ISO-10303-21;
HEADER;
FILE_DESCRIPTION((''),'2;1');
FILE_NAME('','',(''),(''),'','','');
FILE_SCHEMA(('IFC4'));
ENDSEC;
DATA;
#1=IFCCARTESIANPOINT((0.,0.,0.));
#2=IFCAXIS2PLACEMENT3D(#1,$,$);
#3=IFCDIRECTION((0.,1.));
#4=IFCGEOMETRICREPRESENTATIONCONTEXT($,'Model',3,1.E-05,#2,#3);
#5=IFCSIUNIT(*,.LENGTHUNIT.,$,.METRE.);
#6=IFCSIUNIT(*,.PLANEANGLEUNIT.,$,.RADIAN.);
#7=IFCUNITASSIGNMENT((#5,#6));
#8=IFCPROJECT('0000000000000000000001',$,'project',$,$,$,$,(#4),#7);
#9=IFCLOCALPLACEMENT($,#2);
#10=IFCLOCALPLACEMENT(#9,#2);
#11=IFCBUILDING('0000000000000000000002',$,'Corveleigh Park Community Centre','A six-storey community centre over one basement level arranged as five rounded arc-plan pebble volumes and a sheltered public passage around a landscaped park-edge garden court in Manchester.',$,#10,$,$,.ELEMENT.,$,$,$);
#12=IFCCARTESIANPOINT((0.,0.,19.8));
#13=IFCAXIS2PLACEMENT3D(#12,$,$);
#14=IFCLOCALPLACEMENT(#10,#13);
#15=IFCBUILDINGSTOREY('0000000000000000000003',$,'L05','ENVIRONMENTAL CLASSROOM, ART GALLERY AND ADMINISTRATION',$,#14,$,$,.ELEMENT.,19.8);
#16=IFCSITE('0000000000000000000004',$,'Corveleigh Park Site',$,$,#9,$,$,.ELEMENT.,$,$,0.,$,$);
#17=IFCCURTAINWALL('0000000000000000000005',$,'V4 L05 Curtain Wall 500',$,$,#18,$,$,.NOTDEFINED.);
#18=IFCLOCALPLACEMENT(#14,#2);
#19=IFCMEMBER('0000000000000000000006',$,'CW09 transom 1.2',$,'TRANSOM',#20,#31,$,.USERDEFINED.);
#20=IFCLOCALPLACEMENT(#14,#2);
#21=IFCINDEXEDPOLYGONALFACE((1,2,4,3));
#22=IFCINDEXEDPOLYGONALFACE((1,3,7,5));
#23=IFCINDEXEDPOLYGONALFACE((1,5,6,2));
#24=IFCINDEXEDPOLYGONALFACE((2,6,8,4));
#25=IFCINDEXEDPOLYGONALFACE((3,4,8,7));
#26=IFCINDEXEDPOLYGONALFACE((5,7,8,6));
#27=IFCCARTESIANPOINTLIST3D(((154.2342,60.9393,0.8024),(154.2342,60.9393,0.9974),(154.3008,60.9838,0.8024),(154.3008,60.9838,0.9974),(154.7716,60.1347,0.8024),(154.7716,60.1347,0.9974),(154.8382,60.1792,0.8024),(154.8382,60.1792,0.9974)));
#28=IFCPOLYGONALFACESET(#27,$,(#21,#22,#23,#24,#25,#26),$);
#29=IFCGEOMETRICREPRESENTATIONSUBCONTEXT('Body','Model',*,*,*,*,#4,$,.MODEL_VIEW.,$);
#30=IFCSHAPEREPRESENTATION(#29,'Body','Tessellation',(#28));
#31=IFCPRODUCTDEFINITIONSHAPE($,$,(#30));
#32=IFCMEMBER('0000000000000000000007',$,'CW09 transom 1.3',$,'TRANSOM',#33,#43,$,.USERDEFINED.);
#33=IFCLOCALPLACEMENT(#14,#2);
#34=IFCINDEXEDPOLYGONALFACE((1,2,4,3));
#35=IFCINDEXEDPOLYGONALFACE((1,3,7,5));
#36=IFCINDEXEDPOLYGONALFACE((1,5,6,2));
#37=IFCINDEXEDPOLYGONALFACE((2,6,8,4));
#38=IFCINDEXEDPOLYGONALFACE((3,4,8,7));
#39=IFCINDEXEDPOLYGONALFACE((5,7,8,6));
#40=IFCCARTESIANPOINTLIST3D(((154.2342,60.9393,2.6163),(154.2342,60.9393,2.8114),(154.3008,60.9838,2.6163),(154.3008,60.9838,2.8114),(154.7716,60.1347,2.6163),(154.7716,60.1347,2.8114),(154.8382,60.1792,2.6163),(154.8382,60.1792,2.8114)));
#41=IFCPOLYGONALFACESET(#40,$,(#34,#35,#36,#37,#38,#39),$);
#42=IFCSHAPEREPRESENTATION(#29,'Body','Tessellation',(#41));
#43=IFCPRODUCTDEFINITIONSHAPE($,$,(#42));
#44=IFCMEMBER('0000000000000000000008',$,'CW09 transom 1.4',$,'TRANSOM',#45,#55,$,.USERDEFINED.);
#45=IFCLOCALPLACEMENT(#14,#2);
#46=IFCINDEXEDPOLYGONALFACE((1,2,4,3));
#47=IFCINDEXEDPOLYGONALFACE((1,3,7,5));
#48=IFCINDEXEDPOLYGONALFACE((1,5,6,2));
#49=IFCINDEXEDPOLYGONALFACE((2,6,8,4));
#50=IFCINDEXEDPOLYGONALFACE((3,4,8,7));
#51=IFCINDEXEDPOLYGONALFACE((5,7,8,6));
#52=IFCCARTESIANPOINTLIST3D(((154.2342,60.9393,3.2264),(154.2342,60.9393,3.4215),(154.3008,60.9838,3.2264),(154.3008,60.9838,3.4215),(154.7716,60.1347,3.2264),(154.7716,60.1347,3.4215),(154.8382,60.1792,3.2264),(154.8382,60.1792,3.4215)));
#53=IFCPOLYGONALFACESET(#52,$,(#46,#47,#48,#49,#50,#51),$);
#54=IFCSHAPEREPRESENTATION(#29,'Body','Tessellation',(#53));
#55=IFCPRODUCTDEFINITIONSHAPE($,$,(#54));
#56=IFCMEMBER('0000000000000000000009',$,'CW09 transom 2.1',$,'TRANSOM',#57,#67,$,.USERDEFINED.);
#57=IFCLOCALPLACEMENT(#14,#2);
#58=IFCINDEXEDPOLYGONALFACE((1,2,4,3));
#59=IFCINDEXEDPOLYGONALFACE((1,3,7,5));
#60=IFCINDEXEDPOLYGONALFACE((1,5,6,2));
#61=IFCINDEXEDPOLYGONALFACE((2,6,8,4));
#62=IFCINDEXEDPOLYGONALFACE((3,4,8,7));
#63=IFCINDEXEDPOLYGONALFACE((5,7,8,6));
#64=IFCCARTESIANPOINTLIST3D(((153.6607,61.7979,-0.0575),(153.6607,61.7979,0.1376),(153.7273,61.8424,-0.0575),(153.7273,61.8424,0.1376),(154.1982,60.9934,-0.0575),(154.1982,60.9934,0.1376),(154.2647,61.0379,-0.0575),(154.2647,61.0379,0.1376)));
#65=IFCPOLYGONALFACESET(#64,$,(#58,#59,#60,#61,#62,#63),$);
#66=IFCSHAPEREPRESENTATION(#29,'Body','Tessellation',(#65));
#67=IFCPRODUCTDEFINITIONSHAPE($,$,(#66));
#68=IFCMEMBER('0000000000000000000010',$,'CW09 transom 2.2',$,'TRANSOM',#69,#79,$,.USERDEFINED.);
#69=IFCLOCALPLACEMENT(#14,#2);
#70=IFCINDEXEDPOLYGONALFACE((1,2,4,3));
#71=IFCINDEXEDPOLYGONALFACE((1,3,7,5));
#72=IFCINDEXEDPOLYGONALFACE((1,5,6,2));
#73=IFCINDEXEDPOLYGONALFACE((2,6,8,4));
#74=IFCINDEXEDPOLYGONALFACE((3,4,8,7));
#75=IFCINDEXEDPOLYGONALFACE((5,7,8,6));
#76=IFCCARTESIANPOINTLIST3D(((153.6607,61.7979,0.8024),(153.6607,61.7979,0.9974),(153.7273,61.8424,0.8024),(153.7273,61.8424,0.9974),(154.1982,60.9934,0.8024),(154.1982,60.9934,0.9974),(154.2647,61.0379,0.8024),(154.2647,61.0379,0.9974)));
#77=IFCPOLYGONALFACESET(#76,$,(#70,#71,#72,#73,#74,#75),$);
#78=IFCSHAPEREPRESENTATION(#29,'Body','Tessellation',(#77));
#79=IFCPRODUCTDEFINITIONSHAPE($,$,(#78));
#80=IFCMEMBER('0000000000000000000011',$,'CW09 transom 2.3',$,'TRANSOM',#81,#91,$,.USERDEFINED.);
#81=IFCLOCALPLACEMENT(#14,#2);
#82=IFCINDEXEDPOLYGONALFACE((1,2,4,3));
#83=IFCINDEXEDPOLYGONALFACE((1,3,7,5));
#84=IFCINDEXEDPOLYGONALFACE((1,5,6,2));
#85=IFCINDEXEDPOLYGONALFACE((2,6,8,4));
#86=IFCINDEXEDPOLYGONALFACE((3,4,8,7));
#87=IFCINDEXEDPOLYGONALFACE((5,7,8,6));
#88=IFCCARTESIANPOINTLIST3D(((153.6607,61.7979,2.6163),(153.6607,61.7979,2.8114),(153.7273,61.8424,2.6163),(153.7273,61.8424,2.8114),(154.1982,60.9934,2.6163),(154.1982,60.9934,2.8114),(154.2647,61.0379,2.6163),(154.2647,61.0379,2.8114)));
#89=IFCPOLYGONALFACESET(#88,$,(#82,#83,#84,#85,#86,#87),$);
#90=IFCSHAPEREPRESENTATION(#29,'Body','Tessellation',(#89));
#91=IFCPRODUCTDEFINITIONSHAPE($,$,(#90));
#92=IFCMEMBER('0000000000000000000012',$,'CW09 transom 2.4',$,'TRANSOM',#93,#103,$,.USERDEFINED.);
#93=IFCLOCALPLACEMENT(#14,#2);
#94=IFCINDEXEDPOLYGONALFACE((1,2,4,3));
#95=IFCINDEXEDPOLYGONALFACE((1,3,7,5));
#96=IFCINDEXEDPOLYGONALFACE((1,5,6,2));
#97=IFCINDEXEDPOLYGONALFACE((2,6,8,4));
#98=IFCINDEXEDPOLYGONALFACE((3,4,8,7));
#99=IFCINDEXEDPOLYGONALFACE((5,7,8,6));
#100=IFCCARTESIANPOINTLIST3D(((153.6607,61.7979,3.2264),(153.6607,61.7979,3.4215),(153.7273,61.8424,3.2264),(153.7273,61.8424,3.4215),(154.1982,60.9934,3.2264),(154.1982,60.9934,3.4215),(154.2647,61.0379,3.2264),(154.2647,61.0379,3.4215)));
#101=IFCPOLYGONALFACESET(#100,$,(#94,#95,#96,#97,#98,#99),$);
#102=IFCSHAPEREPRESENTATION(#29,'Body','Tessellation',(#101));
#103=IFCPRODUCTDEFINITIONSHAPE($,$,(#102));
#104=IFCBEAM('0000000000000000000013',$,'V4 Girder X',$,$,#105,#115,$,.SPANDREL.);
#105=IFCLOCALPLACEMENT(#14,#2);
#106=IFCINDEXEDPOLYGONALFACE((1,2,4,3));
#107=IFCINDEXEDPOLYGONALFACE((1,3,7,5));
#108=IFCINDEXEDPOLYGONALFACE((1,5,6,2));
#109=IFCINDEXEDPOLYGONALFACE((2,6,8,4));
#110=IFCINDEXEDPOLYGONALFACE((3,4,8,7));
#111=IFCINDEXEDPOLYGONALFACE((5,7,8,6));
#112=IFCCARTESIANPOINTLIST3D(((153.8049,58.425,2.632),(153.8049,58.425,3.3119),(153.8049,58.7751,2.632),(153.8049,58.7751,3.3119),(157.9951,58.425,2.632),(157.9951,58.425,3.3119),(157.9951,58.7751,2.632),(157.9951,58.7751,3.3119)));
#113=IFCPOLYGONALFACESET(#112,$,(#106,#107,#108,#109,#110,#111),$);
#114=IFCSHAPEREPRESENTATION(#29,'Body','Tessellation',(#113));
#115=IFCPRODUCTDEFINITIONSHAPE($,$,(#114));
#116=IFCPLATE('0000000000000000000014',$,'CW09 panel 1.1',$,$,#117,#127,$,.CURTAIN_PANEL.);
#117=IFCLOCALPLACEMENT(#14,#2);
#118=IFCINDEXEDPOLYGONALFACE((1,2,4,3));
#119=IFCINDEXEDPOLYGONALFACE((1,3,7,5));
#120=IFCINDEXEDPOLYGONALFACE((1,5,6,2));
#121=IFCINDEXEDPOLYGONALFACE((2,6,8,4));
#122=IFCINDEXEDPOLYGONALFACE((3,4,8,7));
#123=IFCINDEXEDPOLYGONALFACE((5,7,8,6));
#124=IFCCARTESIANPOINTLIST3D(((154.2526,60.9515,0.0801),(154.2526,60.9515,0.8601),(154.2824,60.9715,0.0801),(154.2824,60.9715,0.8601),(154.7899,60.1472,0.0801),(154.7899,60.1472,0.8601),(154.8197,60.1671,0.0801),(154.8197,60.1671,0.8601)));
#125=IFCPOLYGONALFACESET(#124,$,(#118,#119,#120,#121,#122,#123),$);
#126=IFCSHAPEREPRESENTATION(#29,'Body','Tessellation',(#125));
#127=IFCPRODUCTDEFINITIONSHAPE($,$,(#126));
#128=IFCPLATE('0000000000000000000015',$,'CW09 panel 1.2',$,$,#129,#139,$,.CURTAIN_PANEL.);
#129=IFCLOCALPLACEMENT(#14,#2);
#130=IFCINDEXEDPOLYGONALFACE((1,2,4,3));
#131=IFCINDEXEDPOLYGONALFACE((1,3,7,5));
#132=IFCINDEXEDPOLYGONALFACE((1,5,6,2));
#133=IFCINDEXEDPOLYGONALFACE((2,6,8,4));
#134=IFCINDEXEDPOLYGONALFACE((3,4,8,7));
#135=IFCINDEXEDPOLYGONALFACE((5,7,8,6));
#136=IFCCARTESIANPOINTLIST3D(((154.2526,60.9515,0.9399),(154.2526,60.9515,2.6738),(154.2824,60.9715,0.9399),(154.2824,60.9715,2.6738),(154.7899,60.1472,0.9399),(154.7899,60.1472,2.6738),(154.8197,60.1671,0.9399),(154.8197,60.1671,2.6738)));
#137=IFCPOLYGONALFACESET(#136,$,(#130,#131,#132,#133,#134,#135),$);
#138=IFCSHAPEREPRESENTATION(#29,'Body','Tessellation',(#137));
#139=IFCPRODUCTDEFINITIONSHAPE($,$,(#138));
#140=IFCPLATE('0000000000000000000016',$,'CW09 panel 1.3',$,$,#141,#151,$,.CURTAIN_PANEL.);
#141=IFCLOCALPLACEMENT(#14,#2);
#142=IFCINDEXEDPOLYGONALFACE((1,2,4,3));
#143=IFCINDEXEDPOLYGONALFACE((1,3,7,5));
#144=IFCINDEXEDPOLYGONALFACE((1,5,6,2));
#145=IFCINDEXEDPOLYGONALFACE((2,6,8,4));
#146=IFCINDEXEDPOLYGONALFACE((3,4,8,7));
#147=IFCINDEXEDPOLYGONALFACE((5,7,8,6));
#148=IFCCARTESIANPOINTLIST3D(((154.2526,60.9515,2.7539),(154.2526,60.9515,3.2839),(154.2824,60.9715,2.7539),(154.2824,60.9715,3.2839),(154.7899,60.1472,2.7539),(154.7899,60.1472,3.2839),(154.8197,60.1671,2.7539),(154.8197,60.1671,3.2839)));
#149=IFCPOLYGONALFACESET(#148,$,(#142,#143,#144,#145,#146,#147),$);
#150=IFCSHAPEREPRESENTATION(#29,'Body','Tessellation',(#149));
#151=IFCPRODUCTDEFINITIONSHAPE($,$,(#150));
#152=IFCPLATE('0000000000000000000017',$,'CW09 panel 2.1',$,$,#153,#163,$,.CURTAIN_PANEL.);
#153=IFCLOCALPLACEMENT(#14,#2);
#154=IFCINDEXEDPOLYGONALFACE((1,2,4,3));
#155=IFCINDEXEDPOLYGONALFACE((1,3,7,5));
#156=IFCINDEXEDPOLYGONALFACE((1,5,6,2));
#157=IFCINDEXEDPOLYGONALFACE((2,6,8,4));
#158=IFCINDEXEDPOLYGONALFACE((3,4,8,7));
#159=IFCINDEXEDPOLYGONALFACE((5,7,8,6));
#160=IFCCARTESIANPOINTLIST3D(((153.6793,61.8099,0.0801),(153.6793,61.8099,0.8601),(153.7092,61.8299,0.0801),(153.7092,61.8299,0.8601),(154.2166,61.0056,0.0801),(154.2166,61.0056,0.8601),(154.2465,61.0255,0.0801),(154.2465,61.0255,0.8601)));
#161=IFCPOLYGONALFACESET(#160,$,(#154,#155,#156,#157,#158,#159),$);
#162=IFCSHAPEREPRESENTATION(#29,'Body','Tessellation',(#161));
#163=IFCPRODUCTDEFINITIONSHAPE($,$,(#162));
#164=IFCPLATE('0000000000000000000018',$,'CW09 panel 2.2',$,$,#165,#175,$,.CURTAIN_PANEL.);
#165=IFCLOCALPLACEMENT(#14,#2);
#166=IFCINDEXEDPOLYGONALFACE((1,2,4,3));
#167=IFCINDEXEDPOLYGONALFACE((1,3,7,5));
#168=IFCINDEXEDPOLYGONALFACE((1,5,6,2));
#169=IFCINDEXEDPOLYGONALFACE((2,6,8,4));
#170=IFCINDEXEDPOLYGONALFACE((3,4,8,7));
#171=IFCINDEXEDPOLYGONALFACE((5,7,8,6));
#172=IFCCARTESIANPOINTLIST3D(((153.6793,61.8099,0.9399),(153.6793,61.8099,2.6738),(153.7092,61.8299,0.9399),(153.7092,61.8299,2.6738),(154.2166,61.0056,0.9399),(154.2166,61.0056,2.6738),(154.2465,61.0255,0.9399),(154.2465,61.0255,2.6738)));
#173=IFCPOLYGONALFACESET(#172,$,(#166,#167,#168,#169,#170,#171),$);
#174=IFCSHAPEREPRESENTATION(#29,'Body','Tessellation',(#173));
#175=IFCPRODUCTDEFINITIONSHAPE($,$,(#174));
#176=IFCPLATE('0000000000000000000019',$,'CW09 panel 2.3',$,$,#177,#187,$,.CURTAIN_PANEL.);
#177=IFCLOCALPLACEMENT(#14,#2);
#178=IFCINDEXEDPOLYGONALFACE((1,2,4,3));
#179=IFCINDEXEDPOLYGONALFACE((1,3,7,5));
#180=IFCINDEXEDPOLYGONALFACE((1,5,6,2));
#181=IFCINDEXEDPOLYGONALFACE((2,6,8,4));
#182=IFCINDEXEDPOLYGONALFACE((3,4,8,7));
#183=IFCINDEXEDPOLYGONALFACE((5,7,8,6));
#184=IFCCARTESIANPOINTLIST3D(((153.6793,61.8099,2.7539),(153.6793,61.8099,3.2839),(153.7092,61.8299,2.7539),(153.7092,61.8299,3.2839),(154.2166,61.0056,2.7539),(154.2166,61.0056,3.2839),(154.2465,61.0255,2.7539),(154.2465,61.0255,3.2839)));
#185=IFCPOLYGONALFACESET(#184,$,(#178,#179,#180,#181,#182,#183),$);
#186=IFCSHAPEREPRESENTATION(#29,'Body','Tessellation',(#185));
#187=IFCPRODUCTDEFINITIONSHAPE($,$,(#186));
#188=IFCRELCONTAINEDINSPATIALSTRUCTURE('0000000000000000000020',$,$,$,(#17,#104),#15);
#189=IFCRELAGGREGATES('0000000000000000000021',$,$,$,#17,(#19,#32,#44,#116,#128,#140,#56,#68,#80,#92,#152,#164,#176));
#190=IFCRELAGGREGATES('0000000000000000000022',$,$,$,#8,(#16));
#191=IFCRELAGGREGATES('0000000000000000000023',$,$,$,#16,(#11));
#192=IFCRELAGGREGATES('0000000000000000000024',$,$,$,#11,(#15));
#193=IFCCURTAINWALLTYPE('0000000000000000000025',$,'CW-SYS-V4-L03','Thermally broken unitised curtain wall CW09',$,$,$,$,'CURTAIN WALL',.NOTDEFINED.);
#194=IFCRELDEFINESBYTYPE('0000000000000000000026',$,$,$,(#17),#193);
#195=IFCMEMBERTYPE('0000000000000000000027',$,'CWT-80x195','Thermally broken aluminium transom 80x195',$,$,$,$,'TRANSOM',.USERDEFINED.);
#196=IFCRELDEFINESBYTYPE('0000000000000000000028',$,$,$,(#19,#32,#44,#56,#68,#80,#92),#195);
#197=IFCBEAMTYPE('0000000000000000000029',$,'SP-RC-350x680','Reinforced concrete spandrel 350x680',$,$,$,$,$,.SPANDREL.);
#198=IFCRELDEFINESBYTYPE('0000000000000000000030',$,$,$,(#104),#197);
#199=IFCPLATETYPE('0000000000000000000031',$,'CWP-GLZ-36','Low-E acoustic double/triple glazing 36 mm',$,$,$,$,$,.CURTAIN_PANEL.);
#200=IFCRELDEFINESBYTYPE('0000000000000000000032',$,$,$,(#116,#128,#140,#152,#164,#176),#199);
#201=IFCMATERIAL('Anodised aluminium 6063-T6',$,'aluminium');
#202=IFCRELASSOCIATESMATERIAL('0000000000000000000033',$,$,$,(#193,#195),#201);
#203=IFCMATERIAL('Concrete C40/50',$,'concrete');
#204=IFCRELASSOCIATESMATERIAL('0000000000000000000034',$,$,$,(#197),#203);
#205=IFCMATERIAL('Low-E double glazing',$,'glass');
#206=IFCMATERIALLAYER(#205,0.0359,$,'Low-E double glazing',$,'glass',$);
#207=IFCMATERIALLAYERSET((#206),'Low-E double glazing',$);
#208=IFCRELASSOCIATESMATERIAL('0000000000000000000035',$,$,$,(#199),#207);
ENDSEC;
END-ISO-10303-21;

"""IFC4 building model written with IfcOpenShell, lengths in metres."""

from ifc_helpers import new_model, si_unit, direction, frame, origin, origin_2d, place, context, subcontext, project, spatial, rectangle, extrude, material, layer, layer_set, material_profile, profile_set, type_object, element, aggregate, save


model = new_model("IFC4")

# Units and contexts
model_context = context("Model", 3, precision=1e-05, world=origin(), true_north=direction((0.0, 1.0)))
body_context = subcontext(model_context, "Body", "Model", "MODEL_VIEW")
ifc_project = project(units=[si_unit("LENGTHUNIT", "METRE"), si_unit("PLANEANGLEUNIT", "RADIAN")], contexts=[model_context])

# Site, building, storey
site_placement = place(None, origin())
site = spatial("IfcSite", under=ifc_project, at=site_placement, Name="Corveleigh Park Site", CompositionType="ELEMENT", RefElevation=0.0)
building_placement = place(site_placement, origin())
building = spatial("IfcBuilding", under=site, at=building_placement, Name="Corveleigh Park Community Centre", Description="A six-storey community centre over one basement level arranged as five rounded arc-plan pebble volumes and a sheltered public passage around a landscaped park-edge garden court in Manchester.", CompositionType="ELEMENT")
storey_placement = place(building_placement, frame((0.0, 0.0, 19.8)))
storey = spatial("IfcBuildingStorey", under=building, at=storey_placement, Name="L05", Description="ENVIRONMENTAL CLASSROOM, ART GALLERY AND ADMINISTRATION", CompositionType="ELEMENT", Elevation=19.8)

# Shared definitions
ifc_material_1 = material(Name="Anodised aluminium 6063-T6", Category="aluminium")
curtain_wall_type = type_object("IfcCurtainWallType", Name="CW-SYS-V4-L03", Description="Thermally broken unitised curtain wall CW09", ElementType="CURTAIN WALL", PredefinedType="NOTDEFINED", material=ifc_material_1)

# Curtain wall
curtain_wall_1_placement = place(storey_placement, origin())
curtain_wall_1 = element("IfcCurtainWall", 1, at=curtain_wall_1_placement, inside=storey, type_object=curtain_wall_type, Name="V4 L05 Curtain Wall 500", PredefinedType="NOTDEFINED")

# Members
ifc_material_profile_1 = material_profile(ifc_material_1, rectangle(XDim=0.0801, YDim=0.1951, at=origin_2d()), Name="ALU-T80x195", Category="aluminium")
ifc_profile_set_1 = profile_set([ifc_material_profile_1], Name="Anodised aluminium 6063-T6")
member_type_1 = type_object("IfcMemberType", Name="CWT-80x195", Description="Thermally broken aluminium transom 80x195", ElementType="TRANSOM", PredefinedType="USERDEFINED", material=ifc_profile_set_1)
member_1_placement = place(storey_placement, frame((154.8049, 60.157, 0.8999), z_axis=(-0.555457, 0.831545, 0.0), x_axis=(-0.831545, -0.555457, 0.0)))
member_1 = element("IfcMember", 2, at=member_1_placement, type_object=member_type_1, Name="CW09 transom 1.2", ObjectType="TRANSOM", PredefinedType="USERDEFINED", context=body_context, shape_type="SweptSolid", body=[
    extrude(rectangle(XDim=0.0801, YDim=0.1951, at=origin_2d()), origin(), (0.0, 0.0, 1.0), 0.9675),
])
member_2_placement = place(storey_placement, frame((154.8049, 60.157, 2.7139), z_axis=(-0.555457, 0.831545, 0.0), x_axis=(-0.831545, -0.555457, 0.0)))
member_2 = element("IfcMember", 3, at=member_2_placement, type_object=member_type_1, Name="CW09 transom 1.3", ObjectType="TRANSOM", PredefinedType="USERDEFINED", context=body_context, shape_type="SweptSolid", body=[
    extrude(rectangle(XDim=0.0801, YDim=0.1951, at=origin_2d()), origin(), (0.0, 0.0, 1.0), 0.9675),
])
member_3_placement = place(storey_placement, frame((154.8049, 60.157, 3.324), z_axis=(-0.555457, 0.831545, 0.0), x_axis=(-0.831545, -0.555457, 0.0)))
member_3 = element("IfcMember", 4, at=member_3_placement, type_object=member_type_1, Name="CW09 transom 1.4", ObjectType="TRANSOM", PredefinedType="USERDEFINED", context=body_context, shape_type="SweptSolid", body=[
    extrude(rectangle(XDim=0.0801, YDim=0.1951, at=origin_2d()), origin(), (0.0, 0.0, 1.0), 0.9675),
])
member_4_placement = place(storey_placement, frame((154.2314, 61.0156, 0.04), z_axis=(-0.555457, 0.831545, 0.0), x_axis=(-0.831545, -0.555457, 0.0)))
member_4 = element("IfcMember", 5, at=member_4_placement, type_object=member_type_1, Name="CW09 transom 2.1", ObjectType="TRANSOM", PredefinedType="USERDEFINED", context=body_context, shape_type="SweptSolid", body=[
    extrude(rectangle(XDim=0.0801, YDim=0.1951, at=origin_2d()), origin(), (0.0, 0.0, 1.0), 0.9675),
])
member_5_placement = place(storey_placement, frame((154.2314, 61.0156, 0.8999), z_axis=(-0.555457, 0.831545, 0.0), x_axis=(-0.831545, -0.555457, 0.0)))
member_5 = element("IfcMember", 6, at=member_5_placement, type_object=member_type_1, Name="CW09 transom 2.2", ObjectType="TRANSOM", PredefinedType="USERDEFINED", context=body_context, shape_type="SweptSolid", body=[
    extrude(rectangle(XDim=0.0801, YDim=0.1951, at=origin_2d()), origin(), (0.0, 0.0, 1.0), 0.9675),
])
member_6_placement = place(storey_placement, frame((154.2314, 61.0156, 2.7139), z_axis=(-0.555457, 0.831545, 0.0), x_axis=(-0.831545, -0.555457, 0.0)))
member_6 = element("IfcMember", 7, at=member_6_placement, type_object=member_type_1, Name="CW09 transom 2.3", ObjectType="TRANSOM", PredefinedType="USERDEFINED", context=body_context, shape_type="SweptSolid", body=[
    extrude(rectangle(XDim=0.0801, YDim=0.1951, at=origin_2d()), origin(), (0.0, 0.0, 1.0), 0.9675),
])
member_7_placement = place(storey_placement, frame((154.2314, 61.0156, 3.324), z_axis=(-0.555457, 0.831545, 0.0), x_axis=(-0.831545, -0.555457, 0.0)))
member_7 = element("IfcMember", 8, at=member_7_placement, type_object=member_type_1, Name="CW09 transom 2.4", ObjectType="TRANSOM", PredefinedType="USERDEFINED", context=body_context, shape_type="SweptSolid", body=[
    extrude(rectangle(XDim=0.0801, YDim=0.1951, at=origin_2d()), origin(), (0.0, 0.0, 1.0), 0.9675),
])

# Beam
ifc_material_2 = material(Name="Concrete C40/50", Category="concrete")
ifc_material_profile_2 = material_profile(ifc_material_2, rectangle(XDim=0.3501, YDim=0.6799, at=origin_2d()), Name="RC-350x680", Category="concrete")
ifc_profile_set_2 = profile_set([ifc_material_profile_2], Name="Concrete C40/50")
beam_type_1 = type_object("IfcBeamType", Name="SP-RC-350x680", Description="Reinforced concrete spandrel 350x680", PredefinedType="SPANDREL", material=ifc_profile_set_2)
beam_1_placement = place(storey_placement, frame((153.8049, 58.6001, 2.9719), z_axis=(1.0, 0.0, 0.0), x_axis=(0.0, 1.0, 0.0)))
element("IfcBeam", 9, at=beam_1_placement, inside=storey, type_object=beam_type_1, Name="V4 Girder X", PredefinedType="SPANDREL", context=body_context, shape_type="SweptSolid", body=[
    extrude(rectangle(XDim=0.3501, YDim=0.6799, at=origin_2d()), origin(), (0.0, 0.0, 1.0), 4.1902),
])

# Plates
ifc_material_3 = material(Name="Low-E double glazing", Category="glass")
ifc_layer_1 = layer(ifc_material_3, 0.0359, Name="Low-E double glazing", Category="glass")
ifc_layer_set_1 = layer_set([ifc_layer_1], Name="Low-E double glazing")
plate_type_1 = type_object("IfcPlateType", Name="CWP-GLZ-36", Description="Low-E acoustic double/triple glazing 36 mm", PredefinedType="CURTAIN_PANEL", material=ifc_layer_set_1)
plate_1_placement = place(storey_placement, frame((154.5361, 60.5593, 0.0801), z_axis=(0.0, 0.0, 1.0), x_axis=(-0.555458, 0.831544, 0.0)))
plate_1 = element("IfcPlate", 10, at=plate_1_placement, type_object=plate_type_1, Name="CW09 panel 1.1", PredefinedType="CURTAIN_PANEL", context=body_context, shape_type="SweptSolid", body=[
    extrude(rectangle(XDim=0.9673, YDim=0.0359, at=origin_2d()), origin(), (0.0, 0.0, 1.0), 0.78),
])
plate_2_placement = place(storey_placement, frame((154.5361, 60.5593, 0.9399), z_axis=(0.0, 0.0, 1.0), x_axis=(-0.555458, 0.831544, 0.0)))
plate_2 = element("IfcPlate", 11, at=plate_2_placement, type_object=plate_type_1, Name="CW09 panel 1.2", PredefinedType="CURTAIN_PANEL", context=body_context, shape_type="SweptSolid", body=[
    extrude(rectangle(XDim=0.9673, YDim=0.0359, at=origin_2d()), origin(), (0.0, 0.0, 1.0), 1.7339),
])
plate_3_placement = place(storey_placement, frame((154.5361, 60.5593, 2.7539), z_axis=(0.0, 0.0, 1.0), x_axis=(-0.555458, 0.831544, 0.0)))
plate_3 = element("IfcPlate", 12, at=plate_3_placement, type_object=plate_type_1, Name="CW09 panel 1.3", PredefinedType="CURTAIN_PANEL", context=body_context, shape_type="SweptSolid", body=[
    extrude(rectangle(XDim=0.9673, YDim=0.0359, at=origin_2d()), origin(), (0.0, 0.0, 1.0), 0.53),
])
plate_4_placement = place(storey_placement, frame((153.9629, 61.4177, 0.0801), z_axis=(0.0, 0.0, 1.0), x_axis=(-0.555458, 0.831544, 0.0)))
plate_4 = element("IfcPlate", 13, at=plate_4_placement, type_object=plate_type_1, Name="CW09 panel 2.1", PredefinedType="CURTAIN_PANEL", context=body_context, shape_type="SweptSolid", body=[
    extrude(rectangle(XDim=0.9673, YDim=0.0359, at=origin_2d()), origin(), (0.0, 0.0, 1.0), 0.78),
])
plate_5_placement = place(storey_placement, frame((153.9629, 61.4177, 0.9399), z_axis=(0.0, 0.0, 1.0), x_axis=(-0.555458, 0.831544, 0.0)))
plate_5 = element("IfcPlate", 14, at=plate_5_placement, type_object=plate_type_1, Name="CW09 panel 2.2", PredefinedType="CURTAIN_PANEL", context=body_context, shape_type="SweptSolid", body=[
    extrude(rectangle(XDim=0.9673, YDim=0.0359, at=origin_2d()), origin(), (0.0, 0.0, 1.0), 1.7339),
])
plate_6_placement = place(storey_placement, frame((153.9629, 61.4177, 2.7539), z_axis=(0.0, 0.0, 1.0), x_axis=(-0.555458, 0.831544, 0.0)))
plate_6 = element("IfcPlate", 15, at=plate_6_placement, type_object=plate_type_1, Name="CW09 panel 2.3", PredefinedType="CURTAIN_PANEL", context=body_context, shape_type="SweptSolid", body=[
    extrude(rectangle(XDim=0.9673, YDim=0.0359, at=origin_2d()), origin(), (0.0, 0.0, 1.0), 0.53),
])
aggregate(curtain_wall_1, [member_1, member_2, member_3, plate_1, plate_2, plate_3, member_4, member_5, member_6, member_7, plate_4, plate_5, plate_6])

save(model, "model.ifc")
